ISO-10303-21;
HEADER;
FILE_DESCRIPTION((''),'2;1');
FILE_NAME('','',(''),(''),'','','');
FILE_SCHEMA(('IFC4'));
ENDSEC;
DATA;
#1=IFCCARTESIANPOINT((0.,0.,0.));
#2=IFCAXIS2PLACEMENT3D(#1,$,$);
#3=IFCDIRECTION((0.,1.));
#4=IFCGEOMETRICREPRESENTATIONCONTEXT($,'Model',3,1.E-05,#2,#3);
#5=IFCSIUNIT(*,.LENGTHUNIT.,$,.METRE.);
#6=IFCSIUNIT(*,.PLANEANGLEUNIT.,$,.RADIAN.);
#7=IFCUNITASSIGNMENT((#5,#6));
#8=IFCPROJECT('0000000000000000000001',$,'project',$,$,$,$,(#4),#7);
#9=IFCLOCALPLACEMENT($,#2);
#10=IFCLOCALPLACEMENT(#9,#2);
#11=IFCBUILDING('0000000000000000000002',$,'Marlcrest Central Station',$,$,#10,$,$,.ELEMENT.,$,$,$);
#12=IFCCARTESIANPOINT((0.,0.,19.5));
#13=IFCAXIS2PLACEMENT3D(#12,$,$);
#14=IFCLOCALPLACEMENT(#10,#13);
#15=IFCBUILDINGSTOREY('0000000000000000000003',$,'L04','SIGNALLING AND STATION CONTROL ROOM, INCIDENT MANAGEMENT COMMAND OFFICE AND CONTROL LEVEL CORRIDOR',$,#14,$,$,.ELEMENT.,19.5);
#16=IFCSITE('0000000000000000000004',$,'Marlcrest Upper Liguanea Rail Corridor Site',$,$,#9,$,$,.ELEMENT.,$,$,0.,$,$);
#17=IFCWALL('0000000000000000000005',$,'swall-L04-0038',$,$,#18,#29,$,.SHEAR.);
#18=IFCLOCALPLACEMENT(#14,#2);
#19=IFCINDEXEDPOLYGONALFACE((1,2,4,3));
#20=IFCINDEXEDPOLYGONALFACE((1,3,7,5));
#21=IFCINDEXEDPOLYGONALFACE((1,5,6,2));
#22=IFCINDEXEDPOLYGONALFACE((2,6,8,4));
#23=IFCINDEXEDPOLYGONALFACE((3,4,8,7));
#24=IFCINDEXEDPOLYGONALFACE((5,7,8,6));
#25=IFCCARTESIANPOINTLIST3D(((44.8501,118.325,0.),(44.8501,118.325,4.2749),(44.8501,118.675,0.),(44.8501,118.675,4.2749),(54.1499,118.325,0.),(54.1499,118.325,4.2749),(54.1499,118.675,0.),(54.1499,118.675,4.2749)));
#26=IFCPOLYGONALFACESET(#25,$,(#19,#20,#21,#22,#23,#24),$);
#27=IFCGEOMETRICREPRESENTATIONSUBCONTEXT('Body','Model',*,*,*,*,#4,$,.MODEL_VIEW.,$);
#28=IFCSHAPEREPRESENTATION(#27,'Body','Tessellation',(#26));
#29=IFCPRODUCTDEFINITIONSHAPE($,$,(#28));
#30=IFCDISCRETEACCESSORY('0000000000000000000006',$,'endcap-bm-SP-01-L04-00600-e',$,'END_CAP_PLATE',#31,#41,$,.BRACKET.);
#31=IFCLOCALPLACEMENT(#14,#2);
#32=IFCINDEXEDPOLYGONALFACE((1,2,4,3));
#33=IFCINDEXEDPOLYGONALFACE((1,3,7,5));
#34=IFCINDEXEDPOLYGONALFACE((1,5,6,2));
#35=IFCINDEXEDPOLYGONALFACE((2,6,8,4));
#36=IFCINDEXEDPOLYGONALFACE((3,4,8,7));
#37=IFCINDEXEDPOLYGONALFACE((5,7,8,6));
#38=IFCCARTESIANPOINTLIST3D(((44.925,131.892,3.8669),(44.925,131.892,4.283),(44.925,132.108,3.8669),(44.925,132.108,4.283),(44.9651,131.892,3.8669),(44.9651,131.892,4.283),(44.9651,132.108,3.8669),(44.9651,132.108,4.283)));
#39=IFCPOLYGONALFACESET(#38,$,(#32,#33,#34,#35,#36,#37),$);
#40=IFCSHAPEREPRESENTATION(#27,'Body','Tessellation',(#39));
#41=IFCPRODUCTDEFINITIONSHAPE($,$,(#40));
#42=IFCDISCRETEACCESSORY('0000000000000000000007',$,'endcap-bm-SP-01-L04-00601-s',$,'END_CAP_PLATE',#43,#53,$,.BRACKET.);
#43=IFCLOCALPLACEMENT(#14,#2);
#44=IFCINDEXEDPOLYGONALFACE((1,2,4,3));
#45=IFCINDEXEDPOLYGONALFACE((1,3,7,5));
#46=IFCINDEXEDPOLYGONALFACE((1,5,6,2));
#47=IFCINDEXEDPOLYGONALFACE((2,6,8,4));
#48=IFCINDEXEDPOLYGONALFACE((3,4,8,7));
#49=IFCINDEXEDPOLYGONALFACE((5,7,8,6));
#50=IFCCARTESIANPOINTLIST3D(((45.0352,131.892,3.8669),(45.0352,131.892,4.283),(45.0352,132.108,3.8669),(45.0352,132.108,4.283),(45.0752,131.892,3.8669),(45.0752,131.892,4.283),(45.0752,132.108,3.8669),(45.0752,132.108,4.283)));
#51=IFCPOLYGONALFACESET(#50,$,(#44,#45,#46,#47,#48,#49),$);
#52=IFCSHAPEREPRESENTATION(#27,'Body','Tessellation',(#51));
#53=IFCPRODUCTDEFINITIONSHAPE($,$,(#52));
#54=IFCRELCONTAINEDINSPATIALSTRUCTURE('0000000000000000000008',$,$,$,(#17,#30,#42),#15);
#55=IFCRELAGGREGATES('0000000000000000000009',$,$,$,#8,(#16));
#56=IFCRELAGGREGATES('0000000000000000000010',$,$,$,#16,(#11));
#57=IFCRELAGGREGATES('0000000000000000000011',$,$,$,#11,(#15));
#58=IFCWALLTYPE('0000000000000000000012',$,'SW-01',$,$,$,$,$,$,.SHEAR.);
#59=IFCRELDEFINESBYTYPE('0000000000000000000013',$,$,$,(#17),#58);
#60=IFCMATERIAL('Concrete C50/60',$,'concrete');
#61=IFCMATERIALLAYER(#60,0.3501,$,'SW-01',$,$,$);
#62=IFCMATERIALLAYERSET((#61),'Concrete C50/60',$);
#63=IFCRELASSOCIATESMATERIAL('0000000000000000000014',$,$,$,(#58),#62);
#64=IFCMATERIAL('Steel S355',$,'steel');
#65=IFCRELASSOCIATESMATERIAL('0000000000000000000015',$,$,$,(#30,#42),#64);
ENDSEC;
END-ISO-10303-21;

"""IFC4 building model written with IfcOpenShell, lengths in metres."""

from ifc_helpers import new_model, si_unit, direction, frame, frame_2d, origin, origin_2d, place, context, subcontext, project, spatial, rectangle, extrude, material, layer, layer_set, type_object, element, save


model = new_model("IFC4")

# Units and contexts
model_context = context("Model", 3, precision=1e-05, world=origin(), true_north=direction((0.0, 1.0)))
body_context = subcontext(model_context, "Body", "Model", "MODEL_VIEW")
ifc_project = project(units=[si_unit("LENGTHUNIT", "METRE"), si_unit("PLANEANGLEUNIT", "RADIAN")], contexts=[model_context])

# Site, building, storey
site_placement = place(None, origin())
site = spatial("IfcSite", under=ifc_project, at=site_placement, Name="Marlcrest Upper Liguanea Rail Corridor Site", CompositionType="ELEMENT", RefElevation=0.0)
building_placement = place(site_placement, origin())
building = spatial("IfcBuilding", under=site, at=building_placement, Name="Marlcrest Central Station", CompositionType="ELEMENT")
storey_placement = place(building_placement, frame((0.0, 0.0, 19.5)))
storey = spatial("IfcBuildingStorey", under=building, at=storey_placement, Name="L04", Description="SIGNALLING AND STATION CONTROL ROOM, INCIDENT MANAGEMENT COMMAND OFFICE AND CONTROL LEVEL CORRIDOR", CompositionType="ELEMENT", Elevation=19.5)

# Shared definitions
ifc_material_1 = material(Name="Steel S355", Category="steel")

# Wall
ifc_material_2 = material(Name="Concrete C50/60", Category="concrete")
ifc_layer_1 = layer(ifc_material_2, 0.3501, Name="SW-01")
ifc_layer_set_1 = layer_set([ifc_layer_1], Name="Concrete C50/60")
wall_type_1 = type_object("IfcWallType", Name="SW-01", PredefinedType="SHEAR", material=ifc_layer_set_1)
wall_1_placement = place(storey_placement, frame((44.8501, 118.5, 0.0), z_axis=(0.0, 0.0, 1.0), x_axis=(1.0, 0.0, 0.0)))
element("IfcWall", 1, at=wall_1_placement, inside=storey, type_object=wall_type_1, Name="swall-L04-0038", PredefinedType="SHEAR", context=body_context, shape_type="SweptSolid", body=[
    extrude(rectangle(XDim=9.2998, YDim=0.3501, at=frame_2d((4.6499, 0.0))), origin(), (0.0, 0.0, 1.0), 4.2749),
])

# Discrete accessories
for number, where, z_axis, x_axis, name in (
    (2, (44.925, 132.0, 4.075), (1.0, 0.0, 0.0), (0.0, 1.0, 0.0), "endcap-bm-SP-01-L04-00600-e"),
    (3, (45.0352, 132.0, 4.075), (1.0, 0.0, 0.0), (0.0, 1.0, 0.0), "endcap-bm-SP-01-L04-00601-s"),
):
    element("IfcDiscreteAccessory", number, at=place(storey_placement, frame(where, z_axis=z_axis, x_axis=x_axis)), inside=storey, material=ifc_material_1, Name=name, ObjectType="END_CAP_PLATE", PredefinedType="BRACKET", context=body_context, shape_type="SweptSolid", body=[
        extrude(rectangle(XDim=0.2161, YDim=0.416, at=origin_2d()), origin(), (0.0, 0.0, 1.0), 0.04),
    ])

save(model, "model.ifc")
